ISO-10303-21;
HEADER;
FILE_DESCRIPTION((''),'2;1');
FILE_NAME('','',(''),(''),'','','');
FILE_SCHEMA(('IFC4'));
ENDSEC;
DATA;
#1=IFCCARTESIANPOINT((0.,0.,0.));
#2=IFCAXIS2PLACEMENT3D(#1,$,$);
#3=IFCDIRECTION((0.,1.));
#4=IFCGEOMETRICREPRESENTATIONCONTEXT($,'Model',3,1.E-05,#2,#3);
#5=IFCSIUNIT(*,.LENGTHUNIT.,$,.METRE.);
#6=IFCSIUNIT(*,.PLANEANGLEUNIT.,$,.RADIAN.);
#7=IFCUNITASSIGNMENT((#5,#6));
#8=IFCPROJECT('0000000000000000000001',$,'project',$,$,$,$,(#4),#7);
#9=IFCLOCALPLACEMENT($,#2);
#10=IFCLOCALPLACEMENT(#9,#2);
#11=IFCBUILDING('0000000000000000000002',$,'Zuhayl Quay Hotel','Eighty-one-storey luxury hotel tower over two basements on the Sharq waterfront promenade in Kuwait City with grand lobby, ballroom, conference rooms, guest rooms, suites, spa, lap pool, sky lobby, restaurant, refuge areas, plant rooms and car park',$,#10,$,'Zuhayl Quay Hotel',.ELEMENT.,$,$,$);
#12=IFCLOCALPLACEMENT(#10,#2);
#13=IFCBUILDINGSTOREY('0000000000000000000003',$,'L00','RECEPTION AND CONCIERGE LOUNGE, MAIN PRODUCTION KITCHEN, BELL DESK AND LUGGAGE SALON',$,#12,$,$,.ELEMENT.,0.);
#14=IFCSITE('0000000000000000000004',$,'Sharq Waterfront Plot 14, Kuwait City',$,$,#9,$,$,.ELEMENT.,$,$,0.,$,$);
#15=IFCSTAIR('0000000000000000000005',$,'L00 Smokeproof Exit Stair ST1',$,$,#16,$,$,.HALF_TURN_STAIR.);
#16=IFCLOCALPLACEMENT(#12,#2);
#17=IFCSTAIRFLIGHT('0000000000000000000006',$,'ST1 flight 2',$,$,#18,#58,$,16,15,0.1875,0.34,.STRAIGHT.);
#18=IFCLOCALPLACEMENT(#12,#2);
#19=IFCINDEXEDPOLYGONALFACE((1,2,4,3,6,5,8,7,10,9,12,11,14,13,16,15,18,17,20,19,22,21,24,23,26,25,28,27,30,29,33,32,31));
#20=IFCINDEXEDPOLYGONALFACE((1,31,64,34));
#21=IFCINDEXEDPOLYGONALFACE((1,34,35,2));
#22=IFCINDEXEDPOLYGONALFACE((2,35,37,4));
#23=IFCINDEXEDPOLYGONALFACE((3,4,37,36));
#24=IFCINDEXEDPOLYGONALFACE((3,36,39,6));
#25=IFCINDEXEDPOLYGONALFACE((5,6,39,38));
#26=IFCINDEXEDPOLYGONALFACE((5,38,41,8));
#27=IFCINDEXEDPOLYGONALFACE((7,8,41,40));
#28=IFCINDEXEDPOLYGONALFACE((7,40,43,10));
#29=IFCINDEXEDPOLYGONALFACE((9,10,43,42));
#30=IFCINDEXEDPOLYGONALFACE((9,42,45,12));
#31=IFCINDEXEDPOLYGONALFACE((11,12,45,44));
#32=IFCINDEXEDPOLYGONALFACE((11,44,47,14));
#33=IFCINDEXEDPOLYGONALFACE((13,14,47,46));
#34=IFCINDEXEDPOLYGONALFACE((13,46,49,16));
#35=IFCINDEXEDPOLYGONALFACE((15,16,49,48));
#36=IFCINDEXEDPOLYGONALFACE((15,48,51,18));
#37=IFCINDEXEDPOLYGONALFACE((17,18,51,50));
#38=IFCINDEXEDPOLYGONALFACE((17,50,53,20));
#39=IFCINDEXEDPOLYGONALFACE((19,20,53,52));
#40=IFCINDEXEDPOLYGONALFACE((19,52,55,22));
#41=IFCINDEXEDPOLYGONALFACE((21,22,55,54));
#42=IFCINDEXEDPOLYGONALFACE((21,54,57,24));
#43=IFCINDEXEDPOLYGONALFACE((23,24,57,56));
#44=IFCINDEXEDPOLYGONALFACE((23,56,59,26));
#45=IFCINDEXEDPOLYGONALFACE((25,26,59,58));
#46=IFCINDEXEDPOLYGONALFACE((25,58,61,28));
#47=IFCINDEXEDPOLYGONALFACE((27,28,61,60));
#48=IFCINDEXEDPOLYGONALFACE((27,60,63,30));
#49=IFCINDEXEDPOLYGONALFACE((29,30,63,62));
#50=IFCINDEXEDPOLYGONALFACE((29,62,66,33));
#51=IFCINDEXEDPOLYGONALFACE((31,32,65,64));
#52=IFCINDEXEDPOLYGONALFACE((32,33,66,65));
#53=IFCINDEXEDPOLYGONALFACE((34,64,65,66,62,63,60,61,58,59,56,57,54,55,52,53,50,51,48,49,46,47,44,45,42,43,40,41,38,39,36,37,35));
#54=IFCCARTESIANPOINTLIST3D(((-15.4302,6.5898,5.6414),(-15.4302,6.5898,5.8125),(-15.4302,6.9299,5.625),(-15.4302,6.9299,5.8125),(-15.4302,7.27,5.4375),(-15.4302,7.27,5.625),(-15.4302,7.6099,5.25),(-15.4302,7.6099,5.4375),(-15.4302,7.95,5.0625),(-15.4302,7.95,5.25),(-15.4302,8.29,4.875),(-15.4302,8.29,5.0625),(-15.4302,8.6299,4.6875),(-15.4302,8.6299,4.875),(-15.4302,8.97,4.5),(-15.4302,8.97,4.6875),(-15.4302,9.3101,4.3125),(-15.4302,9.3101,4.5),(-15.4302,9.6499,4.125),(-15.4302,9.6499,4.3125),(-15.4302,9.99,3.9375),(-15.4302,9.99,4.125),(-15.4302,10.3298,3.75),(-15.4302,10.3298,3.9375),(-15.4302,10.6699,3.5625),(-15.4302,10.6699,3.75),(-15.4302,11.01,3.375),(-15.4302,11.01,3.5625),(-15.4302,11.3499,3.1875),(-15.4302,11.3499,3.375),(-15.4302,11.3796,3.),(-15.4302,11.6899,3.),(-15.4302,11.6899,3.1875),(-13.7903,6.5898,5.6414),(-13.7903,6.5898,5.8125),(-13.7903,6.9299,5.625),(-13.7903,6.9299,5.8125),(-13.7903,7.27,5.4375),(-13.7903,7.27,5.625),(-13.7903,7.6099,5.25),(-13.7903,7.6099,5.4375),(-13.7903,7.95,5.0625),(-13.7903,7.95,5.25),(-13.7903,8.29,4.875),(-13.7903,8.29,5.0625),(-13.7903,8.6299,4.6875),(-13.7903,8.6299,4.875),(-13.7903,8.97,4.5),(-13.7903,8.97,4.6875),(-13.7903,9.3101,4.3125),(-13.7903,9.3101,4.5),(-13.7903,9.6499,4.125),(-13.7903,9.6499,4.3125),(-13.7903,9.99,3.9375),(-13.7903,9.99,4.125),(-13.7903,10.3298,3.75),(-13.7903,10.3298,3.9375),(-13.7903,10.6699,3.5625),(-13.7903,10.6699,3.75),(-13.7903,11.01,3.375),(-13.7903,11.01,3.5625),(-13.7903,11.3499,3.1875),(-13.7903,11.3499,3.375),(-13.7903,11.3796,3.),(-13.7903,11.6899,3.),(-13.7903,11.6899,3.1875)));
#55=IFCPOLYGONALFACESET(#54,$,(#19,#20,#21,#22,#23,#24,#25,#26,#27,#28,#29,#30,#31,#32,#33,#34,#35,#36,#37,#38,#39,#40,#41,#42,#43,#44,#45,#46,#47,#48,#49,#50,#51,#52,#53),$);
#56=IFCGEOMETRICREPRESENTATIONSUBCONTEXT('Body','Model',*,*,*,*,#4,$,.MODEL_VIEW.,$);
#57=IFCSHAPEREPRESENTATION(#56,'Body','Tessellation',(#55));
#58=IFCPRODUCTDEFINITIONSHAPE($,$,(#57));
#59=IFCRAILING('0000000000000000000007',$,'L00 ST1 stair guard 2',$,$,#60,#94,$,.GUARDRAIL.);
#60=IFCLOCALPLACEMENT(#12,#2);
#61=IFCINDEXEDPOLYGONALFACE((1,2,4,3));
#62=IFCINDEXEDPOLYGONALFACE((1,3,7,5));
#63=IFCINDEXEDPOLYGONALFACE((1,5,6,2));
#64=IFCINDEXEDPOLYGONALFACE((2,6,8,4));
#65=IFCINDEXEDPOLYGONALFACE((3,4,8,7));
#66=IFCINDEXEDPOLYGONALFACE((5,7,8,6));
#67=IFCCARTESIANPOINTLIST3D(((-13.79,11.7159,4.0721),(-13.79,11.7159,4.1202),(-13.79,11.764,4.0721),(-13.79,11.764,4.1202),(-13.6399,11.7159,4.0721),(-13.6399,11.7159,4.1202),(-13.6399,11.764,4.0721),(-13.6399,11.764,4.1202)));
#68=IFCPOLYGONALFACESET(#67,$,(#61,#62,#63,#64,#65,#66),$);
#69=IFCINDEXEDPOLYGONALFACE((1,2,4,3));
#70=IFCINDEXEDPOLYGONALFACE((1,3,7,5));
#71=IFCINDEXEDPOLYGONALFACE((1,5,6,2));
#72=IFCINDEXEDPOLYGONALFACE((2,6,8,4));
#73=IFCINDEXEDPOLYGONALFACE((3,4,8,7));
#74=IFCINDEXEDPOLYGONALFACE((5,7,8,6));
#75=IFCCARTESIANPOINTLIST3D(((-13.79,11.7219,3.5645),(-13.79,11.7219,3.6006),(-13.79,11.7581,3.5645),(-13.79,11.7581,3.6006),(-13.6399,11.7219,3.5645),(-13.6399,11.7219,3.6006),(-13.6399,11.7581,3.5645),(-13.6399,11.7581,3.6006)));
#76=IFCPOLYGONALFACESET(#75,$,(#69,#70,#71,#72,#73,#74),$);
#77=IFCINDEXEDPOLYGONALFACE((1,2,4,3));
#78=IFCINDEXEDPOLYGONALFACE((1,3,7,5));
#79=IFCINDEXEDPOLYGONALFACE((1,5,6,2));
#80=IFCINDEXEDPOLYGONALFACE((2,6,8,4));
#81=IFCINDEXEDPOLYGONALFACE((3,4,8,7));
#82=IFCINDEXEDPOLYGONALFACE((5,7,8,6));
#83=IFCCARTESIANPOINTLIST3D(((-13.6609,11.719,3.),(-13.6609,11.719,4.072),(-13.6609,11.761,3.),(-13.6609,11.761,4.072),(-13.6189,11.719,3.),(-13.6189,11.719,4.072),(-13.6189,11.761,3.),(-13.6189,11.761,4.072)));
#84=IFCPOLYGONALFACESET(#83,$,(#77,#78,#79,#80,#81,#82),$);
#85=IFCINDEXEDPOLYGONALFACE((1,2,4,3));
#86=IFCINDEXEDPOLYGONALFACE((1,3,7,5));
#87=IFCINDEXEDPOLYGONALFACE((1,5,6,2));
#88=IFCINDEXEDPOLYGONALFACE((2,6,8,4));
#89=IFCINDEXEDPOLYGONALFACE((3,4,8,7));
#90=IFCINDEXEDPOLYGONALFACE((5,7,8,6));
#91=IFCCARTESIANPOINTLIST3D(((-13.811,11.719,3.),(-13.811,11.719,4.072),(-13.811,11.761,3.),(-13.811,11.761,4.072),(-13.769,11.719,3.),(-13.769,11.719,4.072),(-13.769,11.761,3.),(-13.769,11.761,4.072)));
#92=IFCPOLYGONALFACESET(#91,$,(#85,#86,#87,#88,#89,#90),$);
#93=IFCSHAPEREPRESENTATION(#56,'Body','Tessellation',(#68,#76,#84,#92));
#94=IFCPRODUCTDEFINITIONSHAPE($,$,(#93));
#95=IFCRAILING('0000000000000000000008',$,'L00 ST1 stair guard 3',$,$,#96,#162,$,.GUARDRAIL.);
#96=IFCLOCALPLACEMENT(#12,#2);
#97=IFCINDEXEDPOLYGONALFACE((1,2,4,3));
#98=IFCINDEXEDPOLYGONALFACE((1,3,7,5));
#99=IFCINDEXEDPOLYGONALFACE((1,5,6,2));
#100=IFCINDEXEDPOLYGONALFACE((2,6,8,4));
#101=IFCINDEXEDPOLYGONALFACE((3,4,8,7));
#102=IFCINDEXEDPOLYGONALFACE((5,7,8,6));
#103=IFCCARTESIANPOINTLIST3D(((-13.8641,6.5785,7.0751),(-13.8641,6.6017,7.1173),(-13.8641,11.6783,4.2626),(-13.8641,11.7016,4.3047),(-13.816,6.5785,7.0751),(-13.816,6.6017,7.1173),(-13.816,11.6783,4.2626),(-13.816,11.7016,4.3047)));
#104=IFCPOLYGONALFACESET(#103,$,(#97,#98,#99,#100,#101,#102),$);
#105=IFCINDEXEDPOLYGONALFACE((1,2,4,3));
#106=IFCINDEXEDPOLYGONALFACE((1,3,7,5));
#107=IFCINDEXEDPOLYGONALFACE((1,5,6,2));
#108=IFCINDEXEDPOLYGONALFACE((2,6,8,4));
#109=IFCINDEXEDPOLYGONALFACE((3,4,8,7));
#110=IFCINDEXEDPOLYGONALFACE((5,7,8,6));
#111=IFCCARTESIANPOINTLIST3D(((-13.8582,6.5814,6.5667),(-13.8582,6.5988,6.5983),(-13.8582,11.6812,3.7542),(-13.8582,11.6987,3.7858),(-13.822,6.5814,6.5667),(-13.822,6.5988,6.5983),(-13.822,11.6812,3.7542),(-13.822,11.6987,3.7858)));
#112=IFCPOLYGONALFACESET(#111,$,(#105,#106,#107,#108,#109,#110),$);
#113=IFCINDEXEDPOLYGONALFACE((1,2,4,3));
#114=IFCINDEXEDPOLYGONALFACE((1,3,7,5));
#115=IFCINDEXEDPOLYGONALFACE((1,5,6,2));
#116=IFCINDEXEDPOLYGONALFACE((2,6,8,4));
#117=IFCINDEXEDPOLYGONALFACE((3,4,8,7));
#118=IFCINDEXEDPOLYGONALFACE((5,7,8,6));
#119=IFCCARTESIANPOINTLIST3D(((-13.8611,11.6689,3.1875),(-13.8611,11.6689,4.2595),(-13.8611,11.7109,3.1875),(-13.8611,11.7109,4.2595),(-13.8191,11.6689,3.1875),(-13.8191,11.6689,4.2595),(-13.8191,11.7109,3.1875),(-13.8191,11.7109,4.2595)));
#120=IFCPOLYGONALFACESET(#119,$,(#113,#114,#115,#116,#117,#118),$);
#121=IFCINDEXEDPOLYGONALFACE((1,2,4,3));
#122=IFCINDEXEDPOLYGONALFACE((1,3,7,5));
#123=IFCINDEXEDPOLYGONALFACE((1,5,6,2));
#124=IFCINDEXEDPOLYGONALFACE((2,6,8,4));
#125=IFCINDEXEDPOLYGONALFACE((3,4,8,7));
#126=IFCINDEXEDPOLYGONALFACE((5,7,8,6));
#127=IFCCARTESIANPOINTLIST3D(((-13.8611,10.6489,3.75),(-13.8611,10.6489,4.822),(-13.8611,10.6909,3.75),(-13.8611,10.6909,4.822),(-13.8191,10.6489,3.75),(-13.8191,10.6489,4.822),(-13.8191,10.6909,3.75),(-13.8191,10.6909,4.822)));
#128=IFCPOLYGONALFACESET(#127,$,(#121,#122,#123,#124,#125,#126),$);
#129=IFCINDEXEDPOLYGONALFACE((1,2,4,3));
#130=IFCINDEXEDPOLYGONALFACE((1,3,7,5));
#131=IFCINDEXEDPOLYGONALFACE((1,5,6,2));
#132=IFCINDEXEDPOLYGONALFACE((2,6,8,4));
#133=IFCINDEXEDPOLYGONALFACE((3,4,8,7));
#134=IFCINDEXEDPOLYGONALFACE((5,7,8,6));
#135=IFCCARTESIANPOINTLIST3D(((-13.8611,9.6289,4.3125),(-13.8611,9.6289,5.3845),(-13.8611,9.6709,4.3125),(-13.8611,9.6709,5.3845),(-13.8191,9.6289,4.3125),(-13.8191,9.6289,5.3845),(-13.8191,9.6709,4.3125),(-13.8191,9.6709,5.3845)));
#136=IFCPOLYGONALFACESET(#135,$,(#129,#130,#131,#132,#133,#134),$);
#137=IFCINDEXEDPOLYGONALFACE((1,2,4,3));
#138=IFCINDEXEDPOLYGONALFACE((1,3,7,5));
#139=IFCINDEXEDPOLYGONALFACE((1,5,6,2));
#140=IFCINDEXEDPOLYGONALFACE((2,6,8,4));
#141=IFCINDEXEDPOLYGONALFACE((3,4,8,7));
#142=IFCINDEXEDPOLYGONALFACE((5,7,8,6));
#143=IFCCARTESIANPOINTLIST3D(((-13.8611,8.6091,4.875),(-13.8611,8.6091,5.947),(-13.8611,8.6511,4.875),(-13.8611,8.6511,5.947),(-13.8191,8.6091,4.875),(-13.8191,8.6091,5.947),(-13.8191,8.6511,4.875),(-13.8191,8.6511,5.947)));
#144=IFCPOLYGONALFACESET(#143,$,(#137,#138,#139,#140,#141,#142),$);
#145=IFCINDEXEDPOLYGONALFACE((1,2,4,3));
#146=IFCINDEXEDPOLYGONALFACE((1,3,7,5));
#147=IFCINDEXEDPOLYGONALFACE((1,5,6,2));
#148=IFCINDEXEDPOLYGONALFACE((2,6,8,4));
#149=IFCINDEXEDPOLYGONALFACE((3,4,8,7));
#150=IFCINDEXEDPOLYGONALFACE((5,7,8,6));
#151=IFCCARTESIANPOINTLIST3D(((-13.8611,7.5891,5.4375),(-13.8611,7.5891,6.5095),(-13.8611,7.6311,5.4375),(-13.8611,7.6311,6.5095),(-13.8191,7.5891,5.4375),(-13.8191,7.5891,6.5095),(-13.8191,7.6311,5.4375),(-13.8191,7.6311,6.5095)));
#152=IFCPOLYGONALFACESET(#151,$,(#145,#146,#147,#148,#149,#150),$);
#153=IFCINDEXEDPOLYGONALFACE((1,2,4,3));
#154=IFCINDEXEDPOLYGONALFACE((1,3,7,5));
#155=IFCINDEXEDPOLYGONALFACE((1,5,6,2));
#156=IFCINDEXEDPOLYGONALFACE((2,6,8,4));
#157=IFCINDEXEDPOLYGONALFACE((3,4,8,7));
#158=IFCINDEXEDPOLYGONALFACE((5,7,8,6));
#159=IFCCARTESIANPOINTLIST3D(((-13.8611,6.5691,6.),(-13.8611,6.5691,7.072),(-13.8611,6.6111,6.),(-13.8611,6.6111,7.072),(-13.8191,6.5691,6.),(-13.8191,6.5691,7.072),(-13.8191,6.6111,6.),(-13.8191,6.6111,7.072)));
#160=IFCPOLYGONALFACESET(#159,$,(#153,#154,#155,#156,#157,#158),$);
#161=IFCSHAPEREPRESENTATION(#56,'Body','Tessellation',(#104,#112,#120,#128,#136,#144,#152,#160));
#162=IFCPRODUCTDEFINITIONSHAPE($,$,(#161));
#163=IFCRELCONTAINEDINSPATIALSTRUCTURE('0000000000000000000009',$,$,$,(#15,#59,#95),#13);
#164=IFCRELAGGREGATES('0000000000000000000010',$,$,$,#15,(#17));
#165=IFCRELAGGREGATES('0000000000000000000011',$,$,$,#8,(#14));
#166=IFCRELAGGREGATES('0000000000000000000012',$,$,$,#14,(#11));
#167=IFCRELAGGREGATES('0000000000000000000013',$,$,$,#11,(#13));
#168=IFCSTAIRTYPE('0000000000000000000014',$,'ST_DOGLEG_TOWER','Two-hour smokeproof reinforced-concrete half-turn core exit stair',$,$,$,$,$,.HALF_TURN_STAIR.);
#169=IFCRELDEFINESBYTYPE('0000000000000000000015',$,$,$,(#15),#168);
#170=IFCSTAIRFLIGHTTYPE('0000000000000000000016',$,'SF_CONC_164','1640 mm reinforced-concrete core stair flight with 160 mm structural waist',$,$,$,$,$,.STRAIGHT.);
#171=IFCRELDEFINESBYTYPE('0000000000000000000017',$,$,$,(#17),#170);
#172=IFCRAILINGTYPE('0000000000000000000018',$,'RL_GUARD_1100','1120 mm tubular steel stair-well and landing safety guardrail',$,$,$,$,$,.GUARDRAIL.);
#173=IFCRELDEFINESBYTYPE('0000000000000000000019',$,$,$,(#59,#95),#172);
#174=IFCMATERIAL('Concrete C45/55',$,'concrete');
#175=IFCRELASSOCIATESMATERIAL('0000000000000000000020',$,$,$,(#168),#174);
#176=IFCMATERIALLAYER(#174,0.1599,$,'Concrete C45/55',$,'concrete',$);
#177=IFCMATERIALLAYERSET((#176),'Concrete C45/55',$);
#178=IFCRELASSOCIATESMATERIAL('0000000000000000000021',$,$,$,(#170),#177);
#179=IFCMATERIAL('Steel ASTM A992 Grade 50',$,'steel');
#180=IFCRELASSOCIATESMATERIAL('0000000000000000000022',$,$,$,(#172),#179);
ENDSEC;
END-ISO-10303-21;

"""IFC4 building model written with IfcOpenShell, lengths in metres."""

from ifc_helpers import new_model, si_unit, direction, frame, origin, origin_2d, place, context, subcontext, project, spatial, polyline, rectangle, outline, extrude, material, layer, layer_set, type_object, element, aggregate, save


model = new_model("IFC4")

# Units and contexts
model_context = context("Model", 3, precision=1e-05, world=origin(), true_north=direction((0.0, 1.0)))
body_context = subcontext(model_context, "Body", "Model", "MODEL_VIEW")
ifc_project = project(units=[si_unit("LENGTHUNIT", "METRE"), si_unit("PLANEANGLEUNIT", "RADIAN")], contexts=[model_context])

# Site, building, storey
site_placement = place(None, origin())
site = spatial("IfcSite", under=ifc_project, at=site_placement, Name="Sharq Waterfront Plot 14, Kuwait City", CompositionType="ELEMENT", RefElevation=0.0)
building_placement = place(site_placement, origin())
building = spatial("IfcBuilding", under=site, at=building_placement, Name="Zuhayl Quay Hotel", Description="Eighty-one-storey luxury hotel tower over two basements on the Sharq waterfront promenade in Kuwait City with grand lobby, ballroom, conference rooms, guest rooms, suites, spa, lap pool, sky lobby, restaurant, refuge areas, plant rooms and car park", LongName="Zuhayl Quay Hotel", CompositionType="ELEMENT")
storey_placement = place(building_placement, origin())
storey = spatial("IfcBuildingStorey", under=building, at=storey_placement, Name="L00", Description="RECEPTION AND CONCIERGE LOUNGE, MAIN PRODUCTION KITCHEN, BELL DESK AND LUGGAGE SALON", CompositionType="ELEMENT", Elevation=0.0)

# Shared definitions
ifc_material_1 = material(Name="Steel ASTM A992 Grade 50", Category="steel")

# Stair, stair flight
ifc_material_2 = material(Name="Concrete C45/55", Category="concrete")
stair_type = type_object("IfcStairType", Name="ST_DOGLEG_TOWER", Description="Two-hour smokeproof reinforced-concrete half-turn core exit stair", PredefinedType="HALF_TURN_STAIR", material=ifc_material_2)
stair_placement = place(storey_placement, origin())
stair = element("IfcStair", 1, at=stair_placement, inside=storey, type_object=stair_type, Name="L00 Smokeproof Exit Stair ST1", PredefinedType="HALF_TURN_STAIR")
ifc_layer_1 = layer(ifc_material_2, 0.1599, Name="Concrete C45/55", Category="concrete")
ifc_layer_set_1 = layer_set([ifc_layer_1], Name="Concrete C45/55")
stair_flight_type = type_object("IfcStairFlightType", Name="SF_CONC_164", Description="1640 mm reinforced-concrete core stair flight with 160 mm structural waist", PredefinedType="STRAIGHT", material=ifc_layer_set_1)
stair_flight_1_placement = place(storey_placement, frame((-14.6101, 11.6899, 3.0), z_axis=(0.0, 0.0, 1.0), x_axis=(0.0, -1.0, 0.0)))
stair_flight_1 = element("IfcStairFlight", 2, at=stair_flight_1_placement, type_object=stair_flight_type, Name="ST1 flight 2", NumberOfRisers=16, NumberOfTreads=15, PredefinedType="STRAIGHT", RiserHeight=0.1875, TreadLength=0.34, context=body_context, shape_type="SweptSolid", body=[
    extrude(outline(polyline([(0.0, 0.0), (0.0, 0.1875), (0.3401, 0.1875), (0.3401, 0.375), (0.6799, 0.375), (0.6799, 0.5625), (1.02, 0.5625), (1.02, 0.75), (1.3601, 0.75), (1.3601, 0.9375), (1.7, 0.9375), (1.7, 1.125), (2.04, 1.125), (2.04, 1.3125), (2.3799, 1.3125), (2.3799, 1.5), (2.72, 1.5), (2.72, 1.6875), (3.0601, 1.6875), (3.0601, 1.875), (3.3999, 1.875), (3.3999, 2.0625), (3.74, 2.0625), (3.74, 2.25), (4.0801, 2.25), (4.0801, 2.4375), (4.4199, 2.4375), (4.4199, 2.625), (4.76, 2.625), (4.76, 2.8125), (5.1001, 2.8125), (5.1001, 3.0), (5.1001, 2.6414), (0.3103, 0.0), (0.0, 0.0)])), frame((0.0, 0.8198, 0.0), z_axis=(0.0, -1.0, 0.0), x_axis=(1.0, 0.0, 0.0)), (0.0, 0.0, 1.0), 1.6399),
])
aggregate(stair, [stair_flight_1])

# Railings
railing_type_1 = type_object("IfcRailingType", Name="RL_GUARD_1100", Description="1120 mm tubular steel stair-well and landing safety guardrail", PredefinedType="GUARDRAIL", material=ifc_material_1)
railing_1_placement = place(storey_placement, frame((-13.6399, 11.74, 3.0)))
element("IfcRailing", 3, at=railing_1_placement, inside=storey, type_object=railing_type_1, Name="L00 ST1 stair guard 2", PredefinedType="GUARDRAIL", context=body_context, shape_type="SweptSolid", body=[
    extrude(rectangle(XDim=0.0481, YDim=0.0481, at=origin_2d()), frame((0.0, 0.0, 1.0962), z_axis=(-1.0, 0.0, 0.0), x_axis=(0.0, -1.0, 0.0)), (0.0, 0.0, 1.0), 0.1501),
    extrude(rectangle(XDim=0.0361, YDim=0.0361, at=origin_2d()), frame((0.0, 0.0, 0.5825), z_axis=(-1.0, 0.0, 0.0), x_axis=(0.0, -1.0, 0.0)), (0.0, 0.0, 1.0), 0.1501),
    extrude(rectangle(XDim=0.042, YDim=0.042, at=origin_2d()), origin(), (0.0, 0.0, 1.0), 1.072),
    extrude(rectangle(XDim=0.042, YDim=0.042, at=origin_2d()), frame((-0.1501, 0.0, 0.0)), (0.0, 0.0, 1.0), 1.072),
])
railing_2_placement = place(storey_placement, frame((-13.8401, 11.6899, 3.1875)))
element("IfcRailing", 4, at=railing_2_placement, inside=storey, type_object=railing_type_1, Name="L00 ST1 stair guard 3", PredefinedType="GUARDRAIL", context=body_context, shape_type="SweptSolid", body=[
    extrude(rectangle(XDim=0.0481, YDim=0.0481, at=origin_2d()), frame((0.0, 0.0, 1.0962), z_axis=(0.0, -0.875666, 0.482918), x_axis=(1.0, 0.0, 0.0)), (0.0, 0.0, 1.0), 5.824),
    extrude(rectangle(XDim=0.0361, YDim=0.0361, at=origin_2d()), frame((0.0, 0.0, 0.5825), z_axis=(0.0, -0.875666, 0.482918), x_axis=(1.0, 0.0, 0.0)), (0.0, 0.0, 1.0), 5.824),
    extrude(rectangle(XDim=0.042, YDim=0.042, at=origin_2d()), origin(), (0.0, 0.0, 1.0), 1.072),
    extrude(rectangle(XDim=0.042, YDim=0.042, at=origin_2d()), frame((0.0, -1.02, 0.5625)), (0.0, 0.0, 1.0), 1.072),
    extrude(rectangle(XDim=0.042, YDim=0.042, at=origin_2d()), frame((0.0, -2.04, 1.125)), (0.0, 0.0, 1.0), 1.072),
    extrude(rectangle(XDim=0.042, YDim=0.042, at=origin_2d()), frame((0.0, -3.0598, 1.6875)), (0.0, 0.0, 1.0), 1.072),
    extrude(rectangle(XDim=0.042, YDim=0.042, at=origin_2d()), frame((0.0, -4.0798, 2.25)), (0.0, 0.0, 1.0), 1.072),
    extrude(rectangle(XDim=0.042, YDim=0.042, at=origin_2d()), frame((0.0, -5.0999, 2.8125)), (0.0, 0.0, 1.0), 1.072),
])

save(model, "model.ifc")
